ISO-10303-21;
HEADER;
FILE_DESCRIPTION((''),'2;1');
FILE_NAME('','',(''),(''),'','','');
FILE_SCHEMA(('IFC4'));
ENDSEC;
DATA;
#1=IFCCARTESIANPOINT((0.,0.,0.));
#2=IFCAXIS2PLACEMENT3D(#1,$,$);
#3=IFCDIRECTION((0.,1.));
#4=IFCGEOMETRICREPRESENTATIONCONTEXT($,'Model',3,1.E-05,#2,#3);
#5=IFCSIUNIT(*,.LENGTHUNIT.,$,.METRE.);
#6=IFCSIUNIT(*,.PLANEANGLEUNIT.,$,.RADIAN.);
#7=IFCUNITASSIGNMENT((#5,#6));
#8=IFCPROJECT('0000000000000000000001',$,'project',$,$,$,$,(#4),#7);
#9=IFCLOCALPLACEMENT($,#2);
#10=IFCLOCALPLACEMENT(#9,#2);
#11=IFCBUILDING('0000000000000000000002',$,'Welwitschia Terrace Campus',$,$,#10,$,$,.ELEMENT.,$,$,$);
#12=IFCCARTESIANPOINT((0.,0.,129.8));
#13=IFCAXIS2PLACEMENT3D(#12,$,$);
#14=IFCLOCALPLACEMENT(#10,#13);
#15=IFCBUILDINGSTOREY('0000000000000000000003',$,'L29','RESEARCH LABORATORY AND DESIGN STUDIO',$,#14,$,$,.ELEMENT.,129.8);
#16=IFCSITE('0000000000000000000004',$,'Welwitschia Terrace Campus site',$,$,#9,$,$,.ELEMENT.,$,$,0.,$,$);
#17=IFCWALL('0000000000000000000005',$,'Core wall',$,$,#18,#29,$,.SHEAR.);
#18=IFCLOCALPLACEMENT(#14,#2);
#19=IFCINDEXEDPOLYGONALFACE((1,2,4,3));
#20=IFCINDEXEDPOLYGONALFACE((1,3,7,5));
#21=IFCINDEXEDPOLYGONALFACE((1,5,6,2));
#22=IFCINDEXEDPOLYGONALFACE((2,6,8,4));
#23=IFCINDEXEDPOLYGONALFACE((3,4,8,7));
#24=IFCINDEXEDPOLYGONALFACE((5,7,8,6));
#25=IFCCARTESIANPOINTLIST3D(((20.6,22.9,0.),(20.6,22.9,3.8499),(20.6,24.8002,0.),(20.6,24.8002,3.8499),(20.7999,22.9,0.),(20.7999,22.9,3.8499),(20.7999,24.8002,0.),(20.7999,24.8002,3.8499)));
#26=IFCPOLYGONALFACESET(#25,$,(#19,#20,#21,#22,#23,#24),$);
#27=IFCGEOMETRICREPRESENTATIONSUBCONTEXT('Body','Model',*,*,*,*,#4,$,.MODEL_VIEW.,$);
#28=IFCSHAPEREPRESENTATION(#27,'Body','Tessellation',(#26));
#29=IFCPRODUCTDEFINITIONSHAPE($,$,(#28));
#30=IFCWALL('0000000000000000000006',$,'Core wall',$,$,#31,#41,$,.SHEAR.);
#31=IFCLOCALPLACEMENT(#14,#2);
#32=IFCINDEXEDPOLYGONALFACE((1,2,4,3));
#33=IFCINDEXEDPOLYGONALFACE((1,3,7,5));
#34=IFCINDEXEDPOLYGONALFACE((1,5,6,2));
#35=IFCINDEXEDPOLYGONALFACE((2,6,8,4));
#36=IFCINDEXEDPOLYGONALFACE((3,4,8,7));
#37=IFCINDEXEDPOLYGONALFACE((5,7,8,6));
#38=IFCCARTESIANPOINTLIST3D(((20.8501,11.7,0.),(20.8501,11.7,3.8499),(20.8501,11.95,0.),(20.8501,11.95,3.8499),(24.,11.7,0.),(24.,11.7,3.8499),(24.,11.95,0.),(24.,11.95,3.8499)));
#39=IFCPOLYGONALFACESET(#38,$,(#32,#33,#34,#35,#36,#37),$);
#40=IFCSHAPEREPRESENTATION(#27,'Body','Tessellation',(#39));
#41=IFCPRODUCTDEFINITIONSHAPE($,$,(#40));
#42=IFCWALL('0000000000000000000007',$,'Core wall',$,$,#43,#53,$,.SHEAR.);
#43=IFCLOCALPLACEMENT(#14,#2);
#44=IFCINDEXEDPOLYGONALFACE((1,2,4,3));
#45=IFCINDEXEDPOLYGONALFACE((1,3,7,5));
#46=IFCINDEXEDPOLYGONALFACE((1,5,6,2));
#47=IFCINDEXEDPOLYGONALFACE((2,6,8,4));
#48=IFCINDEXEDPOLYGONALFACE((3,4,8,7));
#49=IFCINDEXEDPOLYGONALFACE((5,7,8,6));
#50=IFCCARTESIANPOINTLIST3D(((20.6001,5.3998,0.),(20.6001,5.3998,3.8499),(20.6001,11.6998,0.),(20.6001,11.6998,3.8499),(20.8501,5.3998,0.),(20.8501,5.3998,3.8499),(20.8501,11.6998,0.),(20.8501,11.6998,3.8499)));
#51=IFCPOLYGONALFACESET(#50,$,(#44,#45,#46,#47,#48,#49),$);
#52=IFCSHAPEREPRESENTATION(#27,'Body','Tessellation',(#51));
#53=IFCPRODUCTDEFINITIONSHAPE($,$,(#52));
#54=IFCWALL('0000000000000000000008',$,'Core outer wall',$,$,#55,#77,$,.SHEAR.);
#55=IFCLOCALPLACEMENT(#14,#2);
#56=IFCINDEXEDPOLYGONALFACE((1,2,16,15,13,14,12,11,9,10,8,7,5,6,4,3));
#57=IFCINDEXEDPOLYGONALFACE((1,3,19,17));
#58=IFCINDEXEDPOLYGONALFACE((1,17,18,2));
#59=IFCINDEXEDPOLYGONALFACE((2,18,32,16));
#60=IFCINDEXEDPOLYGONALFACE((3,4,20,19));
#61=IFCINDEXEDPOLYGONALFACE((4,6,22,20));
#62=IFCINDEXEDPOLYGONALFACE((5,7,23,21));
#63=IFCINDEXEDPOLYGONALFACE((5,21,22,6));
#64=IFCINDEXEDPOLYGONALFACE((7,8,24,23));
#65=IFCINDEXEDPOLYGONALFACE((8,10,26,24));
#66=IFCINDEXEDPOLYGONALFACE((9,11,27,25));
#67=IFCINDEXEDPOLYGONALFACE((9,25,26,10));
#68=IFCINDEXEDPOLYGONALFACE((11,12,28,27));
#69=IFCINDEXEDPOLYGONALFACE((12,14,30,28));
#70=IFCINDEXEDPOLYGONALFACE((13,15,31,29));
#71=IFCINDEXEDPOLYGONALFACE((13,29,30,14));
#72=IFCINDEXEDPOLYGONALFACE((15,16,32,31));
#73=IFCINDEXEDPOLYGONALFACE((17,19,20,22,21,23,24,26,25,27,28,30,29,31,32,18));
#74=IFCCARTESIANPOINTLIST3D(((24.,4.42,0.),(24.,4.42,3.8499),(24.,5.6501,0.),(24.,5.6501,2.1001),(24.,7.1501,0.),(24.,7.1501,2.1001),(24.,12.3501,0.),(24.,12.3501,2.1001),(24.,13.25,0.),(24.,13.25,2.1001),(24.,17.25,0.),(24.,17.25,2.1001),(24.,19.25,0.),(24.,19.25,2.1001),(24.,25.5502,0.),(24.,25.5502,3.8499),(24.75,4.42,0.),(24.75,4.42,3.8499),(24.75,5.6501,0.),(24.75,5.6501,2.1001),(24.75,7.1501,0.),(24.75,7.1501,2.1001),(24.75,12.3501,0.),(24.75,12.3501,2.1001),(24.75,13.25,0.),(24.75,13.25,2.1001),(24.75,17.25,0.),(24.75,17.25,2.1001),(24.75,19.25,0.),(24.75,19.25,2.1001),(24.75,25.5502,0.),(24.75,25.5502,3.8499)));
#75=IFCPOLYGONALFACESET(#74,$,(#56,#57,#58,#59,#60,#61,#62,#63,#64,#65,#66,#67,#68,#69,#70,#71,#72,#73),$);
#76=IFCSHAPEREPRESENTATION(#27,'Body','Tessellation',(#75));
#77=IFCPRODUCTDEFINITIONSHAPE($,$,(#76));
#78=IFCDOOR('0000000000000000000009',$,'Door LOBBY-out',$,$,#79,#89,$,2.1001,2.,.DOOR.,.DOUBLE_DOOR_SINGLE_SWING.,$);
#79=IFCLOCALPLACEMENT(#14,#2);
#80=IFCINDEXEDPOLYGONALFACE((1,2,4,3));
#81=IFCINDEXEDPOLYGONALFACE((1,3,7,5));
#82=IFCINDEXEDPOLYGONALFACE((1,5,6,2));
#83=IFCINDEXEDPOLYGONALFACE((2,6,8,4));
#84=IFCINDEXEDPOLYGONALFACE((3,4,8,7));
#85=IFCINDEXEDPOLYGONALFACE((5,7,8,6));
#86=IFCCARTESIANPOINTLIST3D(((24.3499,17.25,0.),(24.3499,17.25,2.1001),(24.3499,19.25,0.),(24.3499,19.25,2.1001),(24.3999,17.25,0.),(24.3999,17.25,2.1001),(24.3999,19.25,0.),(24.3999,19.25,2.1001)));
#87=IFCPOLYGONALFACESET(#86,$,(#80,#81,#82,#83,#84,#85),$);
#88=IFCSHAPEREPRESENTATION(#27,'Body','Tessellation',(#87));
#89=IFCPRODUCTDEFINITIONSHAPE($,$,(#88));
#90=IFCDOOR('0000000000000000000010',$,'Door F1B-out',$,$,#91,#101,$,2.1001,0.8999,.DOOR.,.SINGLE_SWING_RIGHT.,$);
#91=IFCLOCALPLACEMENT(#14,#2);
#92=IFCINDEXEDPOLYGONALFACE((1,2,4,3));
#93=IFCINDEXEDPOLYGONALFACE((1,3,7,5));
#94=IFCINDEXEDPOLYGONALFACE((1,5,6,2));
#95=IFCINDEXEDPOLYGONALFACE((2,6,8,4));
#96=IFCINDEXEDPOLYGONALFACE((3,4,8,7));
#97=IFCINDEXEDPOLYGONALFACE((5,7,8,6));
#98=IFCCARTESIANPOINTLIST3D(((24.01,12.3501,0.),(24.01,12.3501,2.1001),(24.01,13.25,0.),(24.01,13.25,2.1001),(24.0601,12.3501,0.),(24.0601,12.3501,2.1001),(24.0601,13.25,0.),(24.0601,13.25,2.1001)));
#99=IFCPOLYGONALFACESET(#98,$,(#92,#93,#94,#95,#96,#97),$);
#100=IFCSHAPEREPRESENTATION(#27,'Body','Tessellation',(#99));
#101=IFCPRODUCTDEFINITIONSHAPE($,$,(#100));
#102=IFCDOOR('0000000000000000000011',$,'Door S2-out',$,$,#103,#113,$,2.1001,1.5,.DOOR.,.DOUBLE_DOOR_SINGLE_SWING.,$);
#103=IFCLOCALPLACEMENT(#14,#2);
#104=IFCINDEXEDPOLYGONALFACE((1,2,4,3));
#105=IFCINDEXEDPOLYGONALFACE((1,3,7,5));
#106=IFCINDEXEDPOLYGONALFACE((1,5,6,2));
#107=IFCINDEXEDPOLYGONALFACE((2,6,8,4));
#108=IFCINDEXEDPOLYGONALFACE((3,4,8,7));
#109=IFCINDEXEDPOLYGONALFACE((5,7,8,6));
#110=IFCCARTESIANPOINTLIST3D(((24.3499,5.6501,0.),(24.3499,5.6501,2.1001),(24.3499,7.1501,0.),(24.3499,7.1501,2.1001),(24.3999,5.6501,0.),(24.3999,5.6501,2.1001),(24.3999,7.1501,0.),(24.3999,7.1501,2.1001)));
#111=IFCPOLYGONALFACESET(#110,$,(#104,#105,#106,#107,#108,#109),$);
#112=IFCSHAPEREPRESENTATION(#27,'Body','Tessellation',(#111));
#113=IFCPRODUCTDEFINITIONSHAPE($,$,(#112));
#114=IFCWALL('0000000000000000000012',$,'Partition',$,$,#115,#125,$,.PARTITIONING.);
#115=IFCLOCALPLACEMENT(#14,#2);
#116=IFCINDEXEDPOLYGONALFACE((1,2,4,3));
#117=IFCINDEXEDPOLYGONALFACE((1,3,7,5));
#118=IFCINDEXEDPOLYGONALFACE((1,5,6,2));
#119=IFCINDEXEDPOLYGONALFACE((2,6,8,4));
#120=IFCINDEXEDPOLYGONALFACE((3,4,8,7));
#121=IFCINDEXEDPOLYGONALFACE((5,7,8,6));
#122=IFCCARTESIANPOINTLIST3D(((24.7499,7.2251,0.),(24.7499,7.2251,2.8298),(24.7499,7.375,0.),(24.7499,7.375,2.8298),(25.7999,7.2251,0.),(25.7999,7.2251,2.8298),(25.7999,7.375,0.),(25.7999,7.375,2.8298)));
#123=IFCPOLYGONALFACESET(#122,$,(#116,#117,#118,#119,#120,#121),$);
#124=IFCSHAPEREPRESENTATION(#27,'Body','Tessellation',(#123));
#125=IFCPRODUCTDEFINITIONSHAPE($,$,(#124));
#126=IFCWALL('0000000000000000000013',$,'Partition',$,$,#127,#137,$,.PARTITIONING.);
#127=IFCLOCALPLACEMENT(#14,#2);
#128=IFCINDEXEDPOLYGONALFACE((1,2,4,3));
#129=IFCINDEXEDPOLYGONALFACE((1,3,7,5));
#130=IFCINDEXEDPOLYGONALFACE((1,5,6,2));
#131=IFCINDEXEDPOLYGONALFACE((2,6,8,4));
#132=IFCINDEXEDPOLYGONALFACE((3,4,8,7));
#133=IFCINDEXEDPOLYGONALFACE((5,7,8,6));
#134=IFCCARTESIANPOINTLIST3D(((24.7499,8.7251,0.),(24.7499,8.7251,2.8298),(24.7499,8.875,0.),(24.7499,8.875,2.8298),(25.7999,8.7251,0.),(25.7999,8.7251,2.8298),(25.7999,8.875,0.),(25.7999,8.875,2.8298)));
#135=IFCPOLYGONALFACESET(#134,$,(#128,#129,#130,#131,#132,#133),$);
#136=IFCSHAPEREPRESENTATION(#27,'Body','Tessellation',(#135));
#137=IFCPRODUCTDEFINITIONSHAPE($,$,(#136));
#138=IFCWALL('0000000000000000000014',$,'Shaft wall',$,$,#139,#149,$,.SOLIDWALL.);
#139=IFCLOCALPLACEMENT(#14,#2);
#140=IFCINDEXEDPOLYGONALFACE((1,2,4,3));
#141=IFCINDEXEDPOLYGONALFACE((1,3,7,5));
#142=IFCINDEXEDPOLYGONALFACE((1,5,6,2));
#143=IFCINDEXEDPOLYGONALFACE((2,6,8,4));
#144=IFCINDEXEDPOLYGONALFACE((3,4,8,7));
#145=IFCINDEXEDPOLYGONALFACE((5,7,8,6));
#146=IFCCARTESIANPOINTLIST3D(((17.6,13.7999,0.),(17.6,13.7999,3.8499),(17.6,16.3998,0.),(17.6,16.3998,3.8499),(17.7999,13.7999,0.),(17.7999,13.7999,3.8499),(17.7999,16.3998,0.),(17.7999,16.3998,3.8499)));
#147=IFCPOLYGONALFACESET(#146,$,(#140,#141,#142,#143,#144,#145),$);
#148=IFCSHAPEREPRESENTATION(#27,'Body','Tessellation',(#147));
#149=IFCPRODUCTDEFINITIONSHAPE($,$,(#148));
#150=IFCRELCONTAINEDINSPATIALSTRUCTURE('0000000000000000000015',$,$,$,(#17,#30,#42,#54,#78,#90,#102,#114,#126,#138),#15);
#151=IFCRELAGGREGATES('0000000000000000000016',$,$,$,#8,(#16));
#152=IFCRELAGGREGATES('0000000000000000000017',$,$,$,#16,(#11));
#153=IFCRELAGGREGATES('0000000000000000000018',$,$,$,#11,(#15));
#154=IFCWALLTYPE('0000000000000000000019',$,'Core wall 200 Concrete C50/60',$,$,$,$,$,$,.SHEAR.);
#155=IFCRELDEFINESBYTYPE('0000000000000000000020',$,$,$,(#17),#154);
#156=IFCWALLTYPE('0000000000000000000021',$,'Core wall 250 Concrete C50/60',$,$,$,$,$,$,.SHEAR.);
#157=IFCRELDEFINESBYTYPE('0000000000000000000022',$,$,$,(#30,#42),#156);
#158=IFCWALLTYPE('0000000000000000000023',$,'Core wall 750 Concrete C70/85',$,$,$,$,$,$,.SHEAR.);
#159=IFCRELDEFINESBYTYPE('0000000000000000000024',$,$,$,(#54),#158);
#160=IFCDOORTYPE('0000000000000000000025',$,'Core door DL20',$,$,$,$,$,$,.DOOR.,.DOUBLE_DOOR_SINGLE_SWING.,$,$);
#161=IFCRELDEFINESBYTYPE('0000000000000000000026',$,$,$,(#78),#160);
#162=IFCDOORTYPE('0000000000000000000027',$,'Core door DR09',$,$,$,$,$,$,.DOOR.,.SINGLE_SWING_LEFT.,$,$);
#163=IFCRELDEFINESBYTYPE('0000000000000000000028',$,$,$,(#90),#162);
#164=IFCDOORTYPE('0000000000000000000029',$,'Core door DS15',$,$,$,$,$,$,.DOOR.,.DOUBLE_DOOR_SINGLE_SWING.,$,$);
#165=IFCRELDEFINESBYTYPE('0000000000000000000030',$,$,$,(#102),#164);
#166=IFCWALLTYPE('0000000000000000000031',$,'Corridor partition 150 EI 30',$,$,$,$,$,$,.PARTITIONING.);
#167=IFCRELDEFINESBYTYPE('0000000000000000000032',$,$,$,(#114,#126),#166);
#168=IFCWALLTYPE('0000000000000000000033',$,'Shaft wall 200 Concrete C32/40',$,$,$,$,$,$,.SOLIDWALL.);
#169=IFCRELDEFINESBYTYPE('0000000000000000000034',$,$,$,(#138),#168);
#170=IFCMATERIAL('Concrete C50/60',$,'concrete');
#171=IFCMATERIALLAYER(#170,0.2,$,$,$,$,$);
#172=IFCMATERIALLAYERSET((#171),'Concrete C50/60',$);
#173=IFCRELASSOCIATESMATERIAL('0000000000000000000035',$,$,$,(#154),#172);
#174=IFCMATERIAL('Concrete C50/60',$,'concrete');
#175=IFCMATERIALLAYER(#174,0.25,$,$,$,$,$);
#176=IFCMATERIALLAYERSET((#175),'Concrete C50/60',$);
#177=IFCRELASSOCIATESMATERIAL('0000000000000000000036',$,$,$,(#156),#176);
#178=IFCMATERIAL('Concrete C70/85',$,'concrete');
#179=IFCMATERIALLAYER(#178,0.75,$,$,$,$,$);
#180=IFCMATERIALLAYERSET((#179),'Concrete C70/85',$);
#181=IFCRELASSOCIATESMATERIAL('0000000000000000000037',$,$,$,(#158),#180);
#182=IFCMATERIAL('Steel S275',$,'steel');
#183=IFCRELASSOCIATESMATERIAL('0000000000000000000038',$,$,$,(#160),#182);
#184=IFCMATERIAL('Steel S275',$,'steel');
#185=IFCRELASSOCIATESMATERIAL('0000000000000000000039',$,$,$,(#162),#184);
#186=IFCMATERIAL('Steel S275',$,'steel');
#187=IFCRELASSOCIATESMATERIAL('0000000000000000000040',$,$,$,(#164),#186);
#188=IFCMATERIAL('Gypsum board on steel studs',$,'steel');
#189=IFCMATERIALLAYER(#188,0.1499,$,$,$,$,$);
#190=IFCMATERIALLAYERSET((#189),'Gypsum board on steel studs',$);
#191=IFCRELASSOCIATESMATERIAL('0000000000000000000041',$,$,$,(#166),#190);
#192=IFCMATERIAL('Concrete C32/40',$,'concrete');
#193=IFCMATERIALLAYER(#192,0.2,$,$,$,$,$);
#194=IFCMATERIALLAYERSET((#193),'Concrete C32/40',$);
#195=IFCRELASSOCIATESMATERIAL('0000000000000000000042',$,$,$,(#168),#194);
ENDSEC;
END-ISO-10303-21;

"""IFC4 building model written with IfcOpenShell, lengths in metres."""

from ifc_helpers import new_model, si_unit, direction, frame, frame_2d, origin, place, context, subcontext, project, spatial, rectangle, extrude, material, layer, layer_set, type_object, element, fill, save


model = new_model("IFC4")

# Units and contexts
model_context = context("Model", 3, precision=1e-05, world=origin(), true_north=direction((0.0, 1.0)))
body_context = subcontext(model_context, "Body", "Model", "MODEL_VIEW")
ifc_project = project(units=[si_unit("LENGTHUNIT", "METRE"), si_unit("PLANEANGLEUNIT", "RADIAN")], contexts=[model_context])

# Site, building, storey
site_placement = place(None, origin())
site = spatial("IfcSite", under=ifc_project, at=site_placement, Name="Welwitschia Terrace Campus site", CompositionType="ELEMENT", RefElevation=0.0)
building_placement = place(site_placement, origin())
building = spatial("IfcBuilding", under=site, at=building_placement, Name="Welwitschia Terrace Campus", CompositionType="ELEMENT")
storey_placement = place(building_placement, frame((0.0, 0.0, 129.8)))
storey = spatial("IfcBuildingStorey", under=building, at=storey_placement, Name="L29", Description="RESEARCH LABORATORY AND DESIGN STUDIO", CompositionType="ELEMENT", Elevation=129.8)

# Walls
ifc_material_1 = material(Name="Concrete C50/60", Category="concrete")
ifc_layer_1 = layer(ifc_material_1, 0.2)
ifc_layer_set_1 = layer_set([ifc_layer_1], Name="Concrete C50/60")
wall_type_1 = type_object("IfcWallType", Name="Core wall 200 Concrete C50/60", PredefinedType="SHEAR", material=ifc_layer_set_1)
wall_1_placement = place(storey_placement, frame((20.7, 22.8999, 0.0), z_axis=(0.0, 0.0, 1.0), x_axis=(0.0, 1.0, 0.0)))
element("IfcWall", 1, at=wall_1_placement, inside=storey, type_object=wall_type_1, Name="Core wall", PredefinedType="SHEAR", context=body_context, shape_type="SweptSolid", body=[
    extrude(rectangle(XDim=1.9001, YDim=0.2, at=frame_2d((0.9502, 0.0))), origin(), (0.0, 0.0, 1.0), 3.8499),
])
ifc_material_2 = material(Name="Concrete C50/60", Category="concrete")
ifc_layer_2 = layer(ifc_material_2, 0.25)
ifc_layer_set_2 = layer_set([ifc_layer_2], Name="Concrete C50/60")
wall_type_2 = type_object("IfcWallType", Name="Core wall 250 Concrete C50/60", PredefinedType="SHEAR", material=ifc_layer_set_2)
wall_2_placement = place(storey_placement, frame((20.8501, 11.825, 0.0), z_axis=(0.0, 0.0, 1.0), x_axis=(1.0, 0.0, 0.0)))
element("IfcWall", 2, at=wall_2_placement, inside=storey, type_object=wall_type_2, Name="Core wall", PredefinedType="SHEAR", context=body_context, shape_type="SweptSolid", body=[
    extrude(rectangle(XDim=3.1499, YDim=0.25, at=frame_2d((1.575, 0.0))), origin(), (0.0, 0.0, 1.0), 3.8499),
])
wall_3_placement = place(storey_placement, frame((20.7251, 5.3999, 0.0), z_axis=(0.0, 0.0, 1.0), x_axis=(0.0, 1.0, 0.0)))
element("IfcWall", 3, at=wall_3_placement, inside=storey, type_object=wall_type_2, Name="Core wall", PredefinedType="SHEAR", context=body_context, shape_type="SweptSolid", body=[
    extrude(rectangle(XDim=6.3, YDim=0.25, at=frame_2d((3.1499, 0.0))), origin(), (0.0, 0.0, 1.0), 3.8499),
])

# Wall, openings, doors
ifc_material_3 = material(Name="Concrete C70/85", Category="concrete")
ifc_layer_3 = layer(ifc_material_3, 0.75)
ifc_layer_set_3 = layer_set([ifc_layer_3], Name="Concrete C70/85")
wall_type_3 = type_object("IfcWallType", Name="Core wall 750 Concrete C70/85", PredefinedType="SHEAR", material=ifc_layer_set_3)
wall_4_placement = place(storey_placement, frame((24.375, 25.55, 0.0), z_axis=(0.0, 0.0, 1.0), x_axis=(0.0, -1.0, 0.0)))
wall_4 = element("IfcWall", 4, at=wall_4_placement, inside=storey, type_object=wall_type_3, Name="Core outer wall", PredefinedType="SHEAR", context=body_context, shape_type="SweptSolid", body=[
    extrude(rectangle(XDim=21.1301, YDim=0.75, at=frame_2d((10.5649, 0.0))), origin(), (0.0, 0.0, 1.0), 3.8499),
])
opening_1_placement = place(wall_4_placement, frame((18.3999, 0.0, 0.0)))
opening_1 = element("IfcOpeningElement", 5, at=opening_1_placement, cuts=wall_4, PredefinedType="OPENING", context=body_context, shape_type="SweptSolid", body=[
    extrude(rectangle(XDim=1.5, YDim=2.1001, at=frame_2d((0.75, 1.05))), frame((0.0, 0.385, 0.0), z_axis=(0.0, -1.0, 0.0), x_axis=(1.0, 0.0, 0.0)), (0.0, 0.0, 1.0), 0.77),
])
opening_2_placement = place(wall_4_placement, frame((12.3, 0.0, 0.0)))
opening_2 = element("IfcOpeningElement", 6, at=opening_2_placement, cuts=wall_4, PredefinedType="OPENING", context=body_context, shape_type="SweptSolid", body=[
    extrude(rectangle(XDim=0.8999, YDim=2.1001, at=frame_2d((0.45, 1.05))), frame((0.0, 0.385, 0.0), z_axis=(0.0, -1.0, 0.0), x_axis=(1.0, 0.0, 0.0)), (0.0, 0.0, 1.0), 0.77),
])
opening_3_placement = place(wall_4_placement, frame((6.3, 0.0, 0.0)))
opening_3 = element("IfcOpeningElement", 7, at=opening_3_placement, cuts=wall_4, PredefinedType="OPENING", context=body_context, shape_type="SweptSolid", body=[
    extrude(rectangle(XDim=2.0, YDim=2.1001, at=frame_2d((1.0, 1.05))), frame((0.0, 0.385, 0.0), z_axis=(0.0, -1.0, 0.0), x_axis=(1.0, 0.0, 0.0)), (0.0, 0.0, 1.0), 0.77),
])
ifc_material_4 = material(Name="Steel S275", Category="steel")
door_type_1 = type_object("IfcDoorType", Name="Core door DL20", OperationType="DOUBLE_DOOR_SINGLE_SWING", PredefinedType="DOOR", material=ifc_material_4)
door_1_placement = place(opening_3_placement, origin())
door_1 = element("IfcDoor", 8, at=door_1_placement, inside=storey, type_object=door_type_1, Name="Door LOBBY-out", OperationType="DOUBLE_DOOR_SINGLE_SWING", OverallHeight=2.1001, OverallWidth=2.0, PredefinedType="DOOR", context=body_context, shape_type="SweptSolid", body=[
    extrude(rectangle(XDim=2.0, YDim=2.1001, at=frame_2d((1.0, 1.05))), frame((0.0, 0.0249, 0.0), z_axis=(0.0, -1.0, 0.0), x_axis=(1.0, 0.0, 0.0)), (0.0, 0.0, 1.0), 0.05),
])
fill(opening_3, door_1)
ifc_material_5 = material(Name="Steel S275", Category="steel")
door_type_2 = type_object("IfcDoorType", Name="Core door DR09", OperationType="SINGLE_SWING_LEFT", PredefinedType="DOOR", material=ifc_material_5)
door_2_placement = place(opening_2_placement, origin())
door_2 = element("IfcDoor", 9, at=door_2_placement, inside=storey, type_object=door_type_2, Name="Door F1B-out", OperationType="SINGLE_SWING_RIGHT", OverallHeight=2.1001, OverallWidth=0.8999, PredefinedType="DOOR", context=body_context, shape_type="SweptSolid", body=[
    extrude(rectangle(XDim=0.8999, YDim=2.1001, at=frame_2d((0.45, 1.05))), frame((0.0, -0.3149, 0.0), z_axis=(0.0, -1.0, 0.0), x_axis=(1.0, 0.0, 0.0)), (0.0, 0.0, 1.0), 0.05),
])
fill(opening_2, door_2)
ifc_material_6 = material(Name="Steel S275", Category="steel")
door_type_3 = type_object("IfcDoorType", Name="Core door DS15", OperationType="DOUBLE_DOOR_SINGLE_SWING", PredefinedType="DOOR", material=ifc_material_6)
door_3_placement = place(opening_1_placement, origin())
door_3 = element("IfcDoor", 10, at=door_3_placement, inside=storey, type_object=door_type_3, Name="Door S2-out", OperationType="DOUBLE_DOOR_SINGLE_SWING", OverallHeight=2.1001, OverallWidth=1.5, PredefinedType="DOOR", context=body_context, shape_type="SweptSolid", body=[
    extrude(rectangle(XDim=1.5, YDim=2.1001, at=frame_2d((0.75, 1.05))), frame((0.0, 0.0249, 0.0), z_axis=(0.0, -1.0, 0.0), x_axis=(1.0, 0.0, 0.0)), (0.0, 0.0, 1.0), 0.05),
])
fill(opening_1, door_3)

# Walls
ifc_material_7 = material(Name="Gypsum board on steel studs", Category="steel")
ifc_layer_4 = layer(ifc_material_7, 0.1499)
ifc_layer_set_4 = layer_set([ifc_layer_4], Name="Gypsum board on steel studs")
wall_type_4 = type_object("IfcWallType", Name="Corridor partition 150 EI 30", PredefinedType="PARTITIONING", material=ifc_layer_set_4)
for number, where, z_axis, x_axis, name in (
    (11, (24.75, 7.3, 0.0), (0.0, 0.0, 1.0), (1.0, 0.0, 0.0), "Partition"),
    (12, (24.75, 8.8, 0.0), (0.0, 0.0, 1.0), (1.0, 0.0, 0.0), "Partition"),
):
    element("IfcWall", number, at=place(storey_placement, frame(where, z_axis=z_axis, x_axis=x_axis)), inside=storey, type_object=wall_type_4, Name=name, PredefinedType="PARTITIONING", context=body_context, shape_type="SweptSolid", body=[
        extrude(rectangle(XDim=1.05, YDim=0.1499, at=frame_2d((0.5249, 0.0))), origin(), (0.0, 0.0, 1.0), 2.8298),
    ])
ifc_material_8 = material(Name="Concrete C32/40", Category="concrete")
ifc_layer_5 = layer(ifc_material_8, 0.2)
ifc_layer_set_5 = layer_set([ifc_layer_5], Name="Concrete C32/40")
wall_type_5 = type_object("IfcWallType", Name="Shaft wall 200 Concrete C32/40", PredefinedType="SOLIDWALL", material=ifc_layer_set_5)
wall_5_placement = place(storey_placement, frame((17.7, 13.8, 0.0), z_axis=(0.0, 0.0, 1.0), x_axis=(0.0, 1.0, 0.0)))
element("IfcWall", 13, at=wall_5_placement, inside=storey, type_object=wall_type_5, Name="Shaft wall", PredefinedType="SOLIDWALL", context=body_context, shape_type="SweptSolid", body=[
    extrude(rectangle(XDim=2.5999, YDim=0.2, at=frame_2d((1.2998, 0.0))), origin(), (0.0, 0.0, 1.0), 3.8499),
])

save(model, "model.ifc")
